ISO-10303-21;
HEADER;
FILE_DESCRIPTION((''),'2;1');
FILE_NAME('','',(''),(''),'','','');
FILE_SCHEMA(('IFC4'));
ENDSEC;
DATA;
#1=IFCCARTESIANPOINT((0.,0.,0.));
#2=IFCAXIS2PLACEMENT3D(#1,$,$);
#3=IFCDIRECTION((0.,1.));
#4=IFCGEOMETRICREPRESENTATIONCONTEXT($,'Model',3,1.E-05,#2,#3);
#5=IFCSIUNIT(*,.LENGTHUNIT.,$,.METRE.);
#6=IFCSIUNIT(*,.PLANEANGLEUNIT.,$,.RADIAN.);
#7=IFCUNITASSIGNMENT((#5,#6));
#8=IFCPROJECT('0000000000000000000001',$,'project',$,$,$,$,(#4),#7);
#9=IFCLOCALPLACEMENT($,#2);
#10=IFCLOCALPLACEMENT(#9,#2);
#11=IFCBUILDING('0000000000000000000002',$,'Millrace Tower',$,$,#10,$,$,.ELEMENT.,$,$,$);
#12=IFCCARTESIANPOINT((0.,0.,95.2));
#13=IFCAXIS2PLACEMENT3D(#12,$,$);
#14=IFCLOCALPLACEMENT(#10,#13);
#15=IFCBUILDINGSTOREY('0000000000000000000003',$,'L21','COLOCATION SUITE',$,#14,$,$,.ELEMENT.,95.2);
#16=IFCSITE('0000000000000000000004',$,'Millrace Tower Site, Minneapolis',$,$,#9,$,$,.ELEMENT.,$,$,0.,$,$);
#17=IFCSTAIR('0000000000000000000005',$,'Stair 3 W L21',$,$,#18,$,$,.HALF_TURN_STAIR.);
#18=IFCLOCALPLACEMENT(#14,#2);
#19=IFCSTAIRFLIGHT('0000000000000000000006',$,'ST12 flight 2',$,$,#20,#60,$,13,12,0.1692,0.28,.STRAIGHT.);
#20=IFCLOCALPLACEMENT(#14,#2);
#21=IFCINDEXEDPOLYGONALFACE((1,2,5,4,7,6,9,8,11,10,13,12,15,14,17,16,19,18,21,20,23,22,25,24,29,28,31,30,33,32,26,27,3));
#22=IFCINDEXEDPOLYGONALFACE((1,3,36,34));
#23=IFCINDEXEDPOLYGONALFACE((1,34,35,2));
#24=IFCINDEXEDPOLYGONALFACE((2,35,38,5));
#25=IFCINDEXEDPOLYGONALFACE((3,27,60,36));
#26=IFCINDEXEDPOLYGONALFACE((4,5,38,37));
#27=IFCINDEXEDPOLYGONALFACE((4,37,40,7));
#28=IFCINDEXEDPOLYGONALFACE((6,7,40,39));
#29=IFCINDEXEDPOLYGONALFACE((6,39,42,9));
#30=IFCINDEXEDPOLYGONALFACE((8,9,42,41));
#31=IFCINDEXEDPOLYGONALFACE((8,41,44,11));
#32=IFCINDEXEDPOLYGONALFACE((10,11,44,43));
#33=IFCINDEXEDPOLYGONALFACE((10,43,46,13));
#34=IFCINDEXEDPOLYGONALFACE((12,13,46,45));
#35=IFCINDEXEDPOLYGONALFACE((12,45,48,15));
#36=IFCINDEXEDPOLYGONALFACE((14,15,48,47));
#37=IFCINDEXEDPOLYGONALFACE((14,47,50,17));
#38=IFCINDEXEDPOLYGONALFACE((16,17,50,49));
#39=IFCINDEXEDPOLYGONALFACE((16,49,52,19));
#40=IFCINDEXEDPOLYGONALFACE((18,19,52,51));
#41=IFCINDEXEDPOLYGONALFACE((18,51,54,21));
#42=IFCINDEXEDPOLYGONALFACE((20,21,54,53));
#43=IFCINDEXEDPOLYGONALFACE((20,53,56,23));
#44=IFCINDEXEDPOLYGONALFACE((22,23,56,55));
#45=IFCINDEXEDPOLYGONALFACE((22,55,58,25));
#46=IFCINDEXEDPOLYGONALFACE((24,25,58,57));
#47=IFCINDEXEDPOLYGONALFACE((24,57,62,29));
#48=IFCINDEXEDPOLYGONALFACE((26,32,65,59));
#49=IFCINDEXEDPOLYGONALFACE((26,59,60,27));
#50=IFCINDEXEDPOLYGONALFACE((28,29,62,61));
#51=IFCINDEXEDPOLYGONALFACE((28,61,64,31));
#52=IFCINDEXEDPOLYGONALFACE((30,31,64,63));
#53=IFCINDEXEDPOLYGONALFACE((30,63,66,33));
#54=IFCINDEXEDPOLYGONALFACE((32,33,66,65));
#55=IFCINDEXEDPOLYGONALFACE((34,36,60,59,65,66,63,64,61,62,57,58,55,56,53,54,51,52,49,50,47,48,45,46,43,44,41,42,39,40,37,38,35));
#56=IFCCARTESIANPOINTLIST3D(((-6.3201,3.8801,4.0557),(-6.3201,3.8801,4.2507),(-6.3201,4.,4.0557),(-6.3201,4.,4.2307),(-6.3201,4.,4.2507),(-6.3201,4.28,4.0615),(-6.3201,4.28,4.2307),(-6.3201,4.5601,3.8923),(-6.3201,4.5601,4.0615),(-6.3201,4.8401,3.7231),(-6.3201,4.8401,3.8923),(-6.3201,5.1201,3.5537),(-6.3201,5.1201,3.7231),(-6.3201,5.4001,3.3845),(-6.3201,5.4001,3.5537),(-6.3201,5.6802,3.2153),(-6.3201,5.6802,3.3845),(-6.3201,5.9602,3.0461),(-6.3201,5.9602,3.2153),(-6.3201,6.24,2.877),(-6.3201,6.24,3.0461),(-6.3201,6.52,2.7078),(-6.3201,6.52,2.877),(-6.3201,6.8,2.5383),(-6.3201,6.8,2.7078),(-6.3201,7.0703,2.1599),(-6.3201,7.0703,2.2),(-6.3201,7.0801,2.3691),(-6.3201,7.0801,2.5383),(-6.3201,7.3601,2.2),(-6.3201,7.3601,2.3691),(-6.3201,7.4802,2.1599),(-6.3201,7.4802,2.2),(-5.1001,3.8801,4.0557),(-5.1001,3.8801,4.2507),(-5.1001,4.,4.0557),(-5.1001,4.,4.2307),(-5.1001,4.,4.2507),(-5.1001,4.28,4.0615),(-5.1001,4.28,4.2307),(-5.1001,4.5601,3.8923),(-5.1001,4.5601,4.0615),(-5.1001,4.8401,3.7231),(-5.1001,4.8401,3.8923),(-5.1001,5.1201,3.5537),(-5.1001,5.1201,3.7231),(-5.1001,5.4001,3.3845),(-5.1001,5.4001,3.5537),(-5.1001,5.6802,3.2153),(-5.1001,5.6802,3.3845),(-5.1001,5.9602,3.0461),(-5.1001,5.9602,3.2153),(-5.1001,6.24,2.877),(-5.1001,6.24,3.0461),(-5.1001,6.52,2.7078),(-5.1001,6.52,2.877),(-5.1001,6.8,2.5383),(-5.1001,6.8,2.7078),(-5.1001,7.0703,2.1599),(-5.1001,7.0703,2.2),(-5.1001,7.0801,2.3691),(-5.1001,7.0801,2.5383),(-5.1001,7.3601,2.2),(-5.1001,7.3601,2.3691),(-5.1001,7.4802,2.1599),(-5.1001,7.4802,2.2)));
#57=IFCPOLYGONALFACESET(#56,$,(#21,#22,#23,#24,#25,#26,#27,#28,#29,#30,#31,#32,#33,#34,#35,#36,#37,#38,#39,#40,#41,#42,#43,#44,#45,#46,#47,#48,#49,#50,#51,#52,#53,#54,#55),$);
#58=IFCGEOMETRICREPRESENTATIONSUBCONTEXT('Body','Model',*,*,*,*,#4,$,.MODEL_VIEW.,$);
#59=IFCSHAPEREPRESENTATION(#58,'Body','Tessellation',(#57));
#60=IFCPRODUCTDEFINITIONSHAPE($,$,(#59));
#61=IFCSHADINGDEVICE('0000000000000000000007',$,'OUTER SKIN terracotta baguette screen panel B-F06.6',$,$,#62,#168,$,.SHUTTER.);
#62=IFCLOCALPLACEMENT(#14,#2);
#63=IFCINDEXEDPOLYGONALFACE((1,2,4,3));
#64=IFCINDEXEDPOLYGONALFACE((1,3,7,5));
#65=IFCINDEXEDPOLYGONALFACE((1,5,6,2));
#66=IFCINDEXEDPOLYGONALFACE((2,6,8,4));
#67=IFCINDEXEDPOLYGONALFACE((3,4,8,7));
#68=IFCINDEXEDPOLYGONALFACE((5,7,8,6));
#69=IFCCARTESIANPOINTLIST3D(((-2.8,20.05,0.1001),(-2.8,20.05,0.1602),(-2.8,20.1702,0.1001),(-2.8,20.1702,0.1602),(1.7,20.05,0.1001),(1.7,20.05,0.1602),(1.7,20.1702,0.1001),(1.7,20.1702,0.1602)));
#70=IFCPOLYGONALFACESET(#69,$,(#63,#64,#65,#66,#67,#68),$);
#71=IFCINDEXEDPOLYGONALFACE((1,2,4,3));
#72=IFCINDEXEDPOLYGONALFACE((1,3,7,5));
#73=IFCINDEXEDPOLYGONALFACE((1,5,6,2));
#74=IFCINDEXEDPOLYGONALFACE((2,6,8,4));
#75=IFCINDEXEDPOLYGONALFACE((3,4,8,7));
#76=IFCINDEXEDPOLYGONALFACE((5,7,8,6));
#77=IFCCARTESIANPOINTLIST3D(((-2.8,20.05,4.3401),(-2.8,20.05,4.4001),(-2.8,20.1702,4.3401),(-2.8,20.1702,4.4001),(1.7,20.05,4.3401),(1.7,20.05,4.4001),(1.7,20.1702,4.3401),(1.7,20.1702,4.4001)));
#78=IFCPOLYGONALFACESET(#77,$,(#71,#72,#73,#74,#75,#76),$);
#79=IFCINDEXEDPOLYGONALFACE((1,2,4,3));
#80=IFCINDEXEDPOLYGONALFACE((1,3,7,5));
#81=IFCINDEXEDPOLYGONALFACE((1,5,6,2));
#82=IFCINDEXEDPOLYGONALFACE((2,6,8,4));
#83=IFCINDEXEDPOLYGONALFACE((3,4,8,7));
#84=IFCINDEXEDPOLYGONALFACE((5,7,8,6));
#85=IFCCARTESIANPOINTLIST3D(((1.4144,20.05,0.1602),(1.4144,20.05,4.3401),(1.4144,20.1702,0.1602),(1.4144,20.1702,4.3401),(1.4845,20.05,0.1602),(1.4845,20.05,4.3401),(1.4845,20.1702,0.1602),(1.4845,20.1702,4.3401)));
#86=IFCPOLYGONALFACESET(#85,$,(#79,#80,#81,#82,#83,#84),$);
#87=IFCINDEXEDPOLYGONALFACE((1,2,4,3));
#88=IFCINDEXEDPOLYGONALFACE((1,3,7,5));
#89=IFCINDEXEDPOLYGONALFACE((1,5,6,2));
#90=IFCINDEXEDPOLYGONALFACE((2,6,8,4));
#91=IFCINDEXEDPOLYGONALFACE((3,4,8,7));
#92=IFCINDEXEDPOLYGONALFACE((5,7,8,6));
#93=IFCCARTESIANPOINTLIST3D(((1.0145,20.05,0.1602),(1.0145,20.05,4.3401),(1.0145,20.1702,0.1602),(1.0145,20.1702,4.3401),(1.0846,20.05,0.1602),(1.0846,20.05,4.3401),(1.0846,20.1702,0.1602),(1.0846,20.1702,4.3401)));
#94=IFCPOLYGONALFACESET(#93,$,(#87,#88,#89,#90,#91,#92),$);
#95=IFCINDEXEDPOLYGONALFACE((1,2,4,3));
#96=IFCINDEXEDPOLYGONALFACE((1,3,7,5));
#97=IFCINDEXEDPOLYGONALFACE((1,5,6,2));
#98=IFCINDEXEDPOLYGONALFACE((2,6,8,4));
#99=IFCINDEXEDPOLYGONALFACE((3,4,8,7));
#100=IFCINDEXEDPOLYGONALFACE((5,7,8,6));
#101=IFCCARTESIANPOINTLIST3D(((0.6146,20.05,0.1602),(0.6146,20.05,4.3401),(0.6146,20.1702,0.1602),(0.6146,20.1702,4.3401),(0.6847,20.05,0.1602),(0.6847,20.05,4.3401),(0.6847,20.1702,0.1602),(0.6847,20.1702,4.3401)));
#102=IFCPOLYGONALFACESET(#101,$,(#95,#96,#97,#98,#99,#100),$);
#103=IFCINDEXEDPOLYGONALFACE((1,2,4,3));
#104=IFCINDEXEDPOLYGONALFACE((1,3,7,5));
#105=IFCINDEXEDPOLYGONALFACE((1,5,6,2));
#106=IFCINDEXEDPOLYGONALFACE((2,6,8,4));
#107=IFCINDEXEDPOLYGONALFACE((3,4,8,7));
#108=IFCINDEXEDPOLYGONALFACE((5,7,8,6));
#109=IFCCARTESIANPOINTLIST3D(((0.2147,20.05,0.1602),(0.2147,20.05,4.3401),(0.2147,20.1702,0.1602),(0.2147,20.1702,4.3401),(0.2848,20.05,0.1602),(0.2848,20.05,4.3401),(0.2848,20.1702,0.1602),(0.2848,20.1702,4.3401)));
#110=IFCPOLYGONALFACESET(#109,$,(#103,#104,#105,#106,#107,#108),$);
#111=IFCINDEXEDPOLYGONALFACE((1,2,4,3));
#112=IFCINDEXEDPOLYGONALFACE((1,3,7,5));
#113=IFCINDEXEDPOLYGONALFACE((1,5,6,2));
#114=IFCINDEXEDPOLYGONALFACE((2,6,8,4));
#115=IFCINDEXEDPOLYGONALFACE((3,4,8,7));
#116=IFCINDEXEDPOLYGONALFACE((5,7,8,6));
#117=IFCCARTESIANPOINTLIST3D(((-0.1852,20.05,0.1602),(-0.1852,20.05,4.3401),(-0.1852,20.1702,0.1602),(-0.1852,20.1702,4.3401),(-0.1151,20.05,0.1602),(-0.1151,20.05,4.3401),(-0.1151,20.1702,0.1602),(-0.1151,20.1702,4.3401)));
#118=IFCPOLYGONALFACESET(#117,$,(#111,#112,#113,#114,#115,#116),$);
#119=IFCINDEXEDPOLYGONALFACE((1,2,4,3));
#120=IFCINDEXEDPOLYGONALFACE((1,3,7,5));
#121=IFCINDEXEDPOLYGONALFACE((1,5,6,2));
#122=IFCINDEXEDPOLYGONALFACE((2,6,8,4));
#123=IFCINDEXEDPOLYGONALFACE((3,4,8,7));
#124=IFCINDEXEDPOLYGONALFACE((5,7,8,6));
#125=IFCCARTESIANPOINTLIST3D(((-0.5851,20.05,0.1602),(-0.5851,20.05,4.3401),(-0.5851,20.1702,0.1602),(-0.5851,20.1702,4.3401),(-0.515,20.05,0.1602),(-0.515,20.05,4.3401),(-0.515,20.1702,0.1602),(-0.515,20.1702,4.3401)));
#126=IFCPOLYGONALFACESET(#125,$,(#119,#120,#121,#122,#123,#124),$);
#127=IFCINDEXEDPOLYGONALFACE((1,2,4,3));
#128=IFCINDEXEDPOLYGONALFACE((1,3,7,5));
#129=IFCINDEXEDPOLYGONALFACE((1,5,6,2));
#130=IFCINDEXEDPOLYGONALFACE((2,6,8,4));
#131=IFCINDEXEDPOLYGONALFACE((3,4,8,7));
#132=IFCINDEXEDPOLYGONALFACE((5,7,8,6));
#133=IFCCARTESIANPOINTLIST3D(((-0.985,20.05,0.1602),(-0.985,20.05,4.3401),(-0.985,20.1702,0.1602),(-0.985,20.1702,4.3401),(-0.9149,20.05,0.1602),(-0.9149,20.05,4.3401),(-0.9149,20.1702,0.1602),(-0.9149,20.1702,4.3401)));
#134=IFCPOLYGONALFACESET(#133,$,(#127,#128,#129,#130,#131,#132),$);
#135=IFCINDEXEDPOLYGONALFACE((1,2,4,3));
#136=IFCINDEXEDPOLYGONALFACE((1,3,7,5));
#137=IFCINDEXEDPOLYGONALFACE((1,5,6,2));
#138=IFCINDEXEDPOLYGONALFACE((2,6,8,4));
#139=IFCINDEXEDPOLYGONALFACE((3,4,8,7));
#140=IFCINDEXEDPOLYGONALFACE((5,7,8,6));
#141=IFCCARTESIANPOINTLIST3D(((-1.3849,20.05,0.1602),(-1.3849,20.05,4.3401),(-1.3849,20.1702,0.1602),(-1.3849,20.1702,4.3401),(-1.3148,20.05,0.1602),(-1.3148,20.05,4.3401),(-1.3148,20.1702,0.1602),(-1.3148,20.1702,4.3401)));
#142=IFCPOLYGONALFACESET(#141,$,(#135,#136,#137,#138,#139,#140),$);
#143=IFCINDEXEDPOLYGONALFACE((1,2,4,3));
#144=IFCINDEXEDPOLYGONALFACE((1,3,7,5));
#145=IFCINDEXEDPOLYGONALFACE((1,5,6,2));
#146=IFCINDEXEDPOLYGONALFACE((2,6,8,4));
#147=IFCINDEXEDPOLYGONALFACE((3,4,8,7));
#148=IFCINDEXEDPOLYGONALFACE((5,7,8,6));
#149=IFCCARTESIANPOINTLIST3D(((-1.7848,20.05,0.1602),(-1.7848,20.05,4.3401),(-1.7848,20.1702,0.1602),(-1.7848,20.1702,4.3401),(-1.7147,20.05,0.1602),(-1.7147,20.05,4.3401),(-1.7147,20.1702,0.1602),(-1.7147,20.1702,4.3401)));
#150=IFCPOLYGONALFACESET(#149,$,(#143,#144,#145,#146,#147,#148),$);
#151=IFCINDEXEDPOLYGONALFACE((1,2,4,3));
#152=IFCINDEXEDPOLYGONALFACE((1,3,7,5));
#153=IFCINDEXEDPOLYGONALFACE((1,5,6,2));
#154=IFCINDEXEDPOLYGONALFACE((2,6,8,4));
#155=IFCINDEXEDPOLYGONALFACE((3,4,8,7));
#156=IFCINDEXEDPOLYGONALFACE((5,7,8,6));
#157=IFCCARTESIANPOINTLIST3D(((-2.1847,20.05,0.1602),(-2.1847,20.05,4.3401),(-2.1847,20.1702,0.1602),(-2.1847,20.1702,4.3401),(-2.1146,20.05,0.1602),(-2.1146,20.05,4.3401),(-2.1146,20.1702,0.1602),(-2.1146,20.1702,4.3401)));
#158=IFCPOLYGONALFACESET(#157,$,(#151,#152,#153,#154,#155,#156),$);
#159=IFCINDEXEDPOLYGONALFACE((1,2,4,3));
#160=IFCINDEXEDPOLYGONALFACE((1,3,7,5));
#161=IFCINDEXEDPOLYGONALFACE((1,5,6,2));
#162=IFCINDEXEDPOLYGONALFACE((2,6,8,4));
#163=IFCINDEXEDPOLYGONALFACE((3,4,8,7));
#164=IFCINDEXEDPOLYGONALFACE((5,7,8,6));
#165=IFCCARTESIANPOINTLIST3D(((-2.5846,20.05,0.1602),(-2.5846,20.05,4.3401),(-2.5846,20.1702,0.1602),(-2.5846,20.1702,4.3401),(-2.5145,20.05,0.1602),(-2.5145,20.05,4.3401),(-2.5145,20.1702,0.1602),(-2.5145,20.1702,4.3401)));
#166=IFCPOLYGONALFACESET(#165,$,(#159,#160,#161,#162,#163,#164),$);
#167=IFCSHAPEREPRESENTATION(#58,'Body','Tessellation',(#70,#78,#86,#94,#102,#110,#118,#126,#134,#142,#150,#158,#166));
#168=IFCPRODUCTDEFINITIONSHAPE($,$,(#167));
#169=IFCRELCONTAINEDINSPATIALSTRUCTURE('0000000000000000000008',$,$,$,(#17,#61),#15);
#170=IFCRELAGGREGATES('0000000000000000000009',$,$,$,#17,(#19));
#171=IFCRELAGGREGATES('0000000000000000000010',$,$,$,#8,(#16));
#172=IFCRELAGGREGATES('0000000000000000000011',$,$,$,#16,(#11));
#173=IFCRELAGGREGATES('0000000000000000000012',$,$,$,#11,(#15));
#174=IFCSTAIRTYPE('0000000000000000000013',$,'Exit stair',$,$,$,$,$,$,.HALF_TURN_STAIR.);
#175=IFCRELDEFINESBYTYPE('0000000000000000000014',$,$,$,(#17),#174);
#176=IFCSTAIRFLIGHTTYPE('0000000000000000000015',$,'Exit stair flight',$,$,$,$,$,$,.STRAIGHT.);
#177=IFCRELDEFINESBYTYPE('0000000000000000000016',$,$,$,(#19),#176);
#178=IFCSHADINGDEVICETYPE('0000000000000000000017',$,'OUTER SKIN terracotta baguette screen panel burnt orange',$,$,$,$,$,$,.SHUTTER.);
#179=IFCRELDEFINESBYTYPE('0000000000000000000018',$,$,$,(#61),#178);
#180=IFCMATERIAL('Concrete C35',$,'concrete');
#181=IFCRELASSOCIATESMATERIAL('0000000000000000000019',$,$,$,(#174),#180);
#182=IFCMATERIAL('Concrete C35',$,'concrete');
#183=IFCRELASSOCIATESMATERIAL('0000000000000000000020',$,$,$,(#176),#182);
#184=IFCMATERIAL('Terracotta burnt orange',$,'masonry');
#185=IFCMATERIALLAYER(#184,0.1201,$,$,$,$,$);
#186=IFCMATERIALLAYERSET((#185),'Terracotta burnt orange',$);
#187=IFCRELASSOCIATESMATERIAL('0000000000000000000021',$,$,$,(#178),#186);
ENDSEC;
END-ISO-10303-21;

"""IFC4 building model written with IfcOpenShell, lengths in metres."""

from ifc_helpers import new_model, entity, si_unit, direction, frame, frame_2d, origin, origin_2d, place, context, subcontext, project, spatial, polyline, rectangle, outline, extrude, source, transform, mapped, material, layer, layer_set, type_object, element, aggregate, save


model = new_model("IFC4")

# Units and contexts
model_context = context("Model", 3, precision=1e-05, world=origin(), true_north=direction((0.0, 1.0)))
body_context = subcontext(model_context, "Body", "Model", "MODEL_VIEW")
ifc_project = project(units=[si_unit("LENGTHUNIT", "METRE"), si_unit("PLANEANGLEUNIT", "RADIAN")], contexts=[model_context])

# Site, building, storey
site_placement = place(None, origin())
site = spatial("IfcSite", under=ifc_project, at=site_placement, Name="Millrace Tower Site, Minneapolis", CompositionType="ELEMENT", RefElevation=0.0)
building_placement = place(site_placement, origin())
building = spatial("IfcBuilding", under=site, at=building_placement, Name="Millrace Tower", CompositionType="ELEMENT")
storey_placement = place(building_placement, frame((0.0, 0.0, 95.2)))
storey = spatial("IfcBuildingStorey", under=building, at=storey_placement, Name="L21", Description="COLOCATION SUITE", CompositionType="ELEMENT", Elevation=95.2)

# Shared definitions
placement = place(storey_placement, origin())

# Shared definitions
ifc_material_1 = material(Name="Concrete C35", Category="concrete")
stair_type = type_object("IfcStairType", Name="Exit stair", PredefinedType="HALF_TURN_STAIR", material=ifc_material_1)
ifc_material_2 = material(Name="Concrete C35", Category="concrete")
stair_flight_type = type_object("IfcStairFlightType", Name="Exit stair flight", PredefinedType="STRAIGHT", material=ifc_material_2)

# Stair, stair flight
stair_1 = element("IfcStair", 1, at=placement, inside=storey, type_object=stair_type, Name="Stair 3 W L21", PredefinedType="HALF_TURN_STAIR")
stair_flight_1_placement = place(storey_placement, frame((-5.71, 7.3601, 2.2), z_axis=(0.0, 0.0, 1.0), x_axis=(0.0, -1.0, 0.0)))
stair_flight_1 = element("IfcStairFlight", 2, at=stair_flight_1_placement, type_object=stair_flight_type, Name="ST12 flight 2", NumberOfRisers=13, NumberOfTreads=12, PredefinedType="STRAIGHT", RiserHeight=0.1692, TreadLength=0.28, context=body_context, shape_type="SweptSolid", body=[
    extrude(outline(polyline([(-0.1201, -0.04), (-0.1201, 0.0), (0.0, 0.0), (0.0, 0.1692), (0.28, 0.1692), (0.28, 0.3384), (0.5601, 0.3384), (0.5601, 0.5078), (0.8401, 0.5078), (0.8401, 0.677), (1.1201, 0.677), (1.1201, 0.8462), (1.3999, 0.8462), (1.3999, 1.0154), (1.6799, 1.0154), (1.6799, 1.1846), (1.96, 1.1846), (1.96, 1.3538), (2.24, 1.3538), (2.24, 1.5232), (2.52, 1.5232), (2.52, 1.6924), (2.8, 1.6924), (2.8, 1.8616), (3.0801, 1.8616), (3.0801, 2.0308), (3.3601, 2.0308), (3.3601, 2.0508), (3.48, 2.0508), (3.48, 1.8557), (3.3601, 1.8557), (0.2898, 0.0), (0.2898, -0.04), (-0.1201, -0.04)])), frame((0.0, 0.6099, 0.0), z_axis=(0.0, -1.0, 0.0), x_axis=(1.0, 0.0, 0.0)), (0.0, 0.0, 1.0), 1.22),
])
aggregate(stair_1, [stair_flight_1])

# Shading device
ifc_material_3 = material(Name="Terracotta burnt orange", Category="masonry")
ifc_layer_1 = layer(ifc_material_3, 0.1201)
ifc_layer_set_1 = layer_set([ifc_layer_1], Name="Terracotta burnt orange")
shading_device_type = type_object("IfcShadingDeviceType", Name="OUTER SKIN terracotta baguette screen panel burnt orange", PredefinedType="SHUTTER", material=ifc_layer_set_1)
cartesian_point = entity("IfcCartesianPoint", [-2.25, 0.0601])
shared_polyline = entity("IfcPolyline", [cartesian_point, entity("IfcCartesianPoint", [2.25, 0.0601]), entity("IfcCartesianPoint", [2.25, -0.0601]), entity("IfcCartesianPoint", [-2.25, -0.0601]), cartesian_point])
shared_shape = source(origin(), body_context, "Body", "SweptSolid", [
    entity("IfcExtrudedAreaSolid", entity("IfcArbitraryClosedProfileDef", "AREA", None, shared_polyline), entity("IfcAxis2Placement3D", entity("IfcCartesianPoint", [0.0, 0.0, 0.0])), entity("IfcDirection", [0.0, 0.0, 1.0]), 0.0601),
    entity("IfcExtrudedAreaSolid", entity("IfcArbitraryClosedProfileDef", "AREA", None, shared_polyline), entity("IfcAxis2Placement3D", entity("IfcCartesianPoint", [0.0, 0.0, 4.24])), entity("IfcDirection", [0.0, 0.0, 1.0]), 0.0601),
    extrude(rectangle(XDim=0.0701, YDim=0.1201, at=frame_2d((-1.9995, 0.0))), frame((0.0, 0.0, 0.0601)), (0.0, 0.0, 1.0), 4.1799),
    extrude(rectangle(XDim=0.0701, YDim=0.1201, at=frame_2d((-1.5996, 0.0))), frame((0.0, 0.0, 0.0601)), (0.0, 0.0, 1.0), 4.1799),
    extrude(rectangle(XDim=0.0701, YDim=0.1201, at=frame_2d((-1.1997, 0.0))), frame((0.0, 0.0, 0.0601)), (0.0, 0.0, 1.0), 4.1799),
    extrude(rectangle(XDim=0.0701, YDim=0.1201, at=frame_2d((-0.7998, 0.0))), frame((0.0, 0.0, 0.0601)), (0.0, 0.0, 1.0), 4.1799),
    extrude(rectangle(XDim=0.0701, YDim=0.1201, at=frame_2d((-0.3999, 0.0))), frame((0.0, 0.0, 0.0601)), (0.0, 0.0, 1.0), 4.1799),
    extrude(rectangle(XDim=0.0701, YDim=0.1201, at=origin_2d()), frame((0.0, 0.0, 0.0601)), (0.0, 0.0, 1.0), 4.1799),
    extrude(rectangle(XDim=0.0701, YDim=0.1201, at=frame_2d((0.3999, 0.0))), frame((0.0, 0.0, 0.0601)), (0.0, 0.0, 1.0), 4.1799),
    extrude(rectangle(XDim=0.0701, YDim=0.1201, at=frame_2d((0.7998, 0.0))), frame((0.0, 0.0, 0.0601)), (0.0, 0.0, 1.0), 4.1799),
    extrude(rectangle(XDim=0.0701, YDim=0.1201, at=frame_2d((1.1997, 0.0))), frame((0.0, 0.0, 0.0601)), (0.0, 0.0, 1.0), 4.1799),
    extrude(rectangle(XDim=0.0701, YDim=0.1201, at=frame_2d((1.5996, 0.0))), frame((0.0, 0.0, 0.0601)), (0.0, 0.0, 1.0), 4.1799),
    extrude(rectangle(XDim=0.0701, YDim=0.1201, at=frame_2d((1.9995, 0.0))), frame((0.0, 0.0, 0.0601)), (0.0, 0.0, 1.0), 4.1799),
])
for number, where, z_axis, x_axis, name in (
    (3, (-0.55, 20.1101, 0.1001), (0.0, 0.0, 1.0), (-1.0, 0.0, 0.0), "OUTER SKIN terracotta baguette screen panel B-F06.6"),
):
    element("IfcShadingDevice", number, at=place(storey_placement, frame(where, z_axis=z_axis, x_axis=x_axis)), inside=storey, type_object=shading_device_type, Name=name, PredefinedType="SHUTTER", context=body_context, shape_type="MappedRepresentation", body=[
        mapped(shared_shape, transform((0.0, 0.0, 0.0), scale=1.0)),
    ])

save(model, "model.ifc")
